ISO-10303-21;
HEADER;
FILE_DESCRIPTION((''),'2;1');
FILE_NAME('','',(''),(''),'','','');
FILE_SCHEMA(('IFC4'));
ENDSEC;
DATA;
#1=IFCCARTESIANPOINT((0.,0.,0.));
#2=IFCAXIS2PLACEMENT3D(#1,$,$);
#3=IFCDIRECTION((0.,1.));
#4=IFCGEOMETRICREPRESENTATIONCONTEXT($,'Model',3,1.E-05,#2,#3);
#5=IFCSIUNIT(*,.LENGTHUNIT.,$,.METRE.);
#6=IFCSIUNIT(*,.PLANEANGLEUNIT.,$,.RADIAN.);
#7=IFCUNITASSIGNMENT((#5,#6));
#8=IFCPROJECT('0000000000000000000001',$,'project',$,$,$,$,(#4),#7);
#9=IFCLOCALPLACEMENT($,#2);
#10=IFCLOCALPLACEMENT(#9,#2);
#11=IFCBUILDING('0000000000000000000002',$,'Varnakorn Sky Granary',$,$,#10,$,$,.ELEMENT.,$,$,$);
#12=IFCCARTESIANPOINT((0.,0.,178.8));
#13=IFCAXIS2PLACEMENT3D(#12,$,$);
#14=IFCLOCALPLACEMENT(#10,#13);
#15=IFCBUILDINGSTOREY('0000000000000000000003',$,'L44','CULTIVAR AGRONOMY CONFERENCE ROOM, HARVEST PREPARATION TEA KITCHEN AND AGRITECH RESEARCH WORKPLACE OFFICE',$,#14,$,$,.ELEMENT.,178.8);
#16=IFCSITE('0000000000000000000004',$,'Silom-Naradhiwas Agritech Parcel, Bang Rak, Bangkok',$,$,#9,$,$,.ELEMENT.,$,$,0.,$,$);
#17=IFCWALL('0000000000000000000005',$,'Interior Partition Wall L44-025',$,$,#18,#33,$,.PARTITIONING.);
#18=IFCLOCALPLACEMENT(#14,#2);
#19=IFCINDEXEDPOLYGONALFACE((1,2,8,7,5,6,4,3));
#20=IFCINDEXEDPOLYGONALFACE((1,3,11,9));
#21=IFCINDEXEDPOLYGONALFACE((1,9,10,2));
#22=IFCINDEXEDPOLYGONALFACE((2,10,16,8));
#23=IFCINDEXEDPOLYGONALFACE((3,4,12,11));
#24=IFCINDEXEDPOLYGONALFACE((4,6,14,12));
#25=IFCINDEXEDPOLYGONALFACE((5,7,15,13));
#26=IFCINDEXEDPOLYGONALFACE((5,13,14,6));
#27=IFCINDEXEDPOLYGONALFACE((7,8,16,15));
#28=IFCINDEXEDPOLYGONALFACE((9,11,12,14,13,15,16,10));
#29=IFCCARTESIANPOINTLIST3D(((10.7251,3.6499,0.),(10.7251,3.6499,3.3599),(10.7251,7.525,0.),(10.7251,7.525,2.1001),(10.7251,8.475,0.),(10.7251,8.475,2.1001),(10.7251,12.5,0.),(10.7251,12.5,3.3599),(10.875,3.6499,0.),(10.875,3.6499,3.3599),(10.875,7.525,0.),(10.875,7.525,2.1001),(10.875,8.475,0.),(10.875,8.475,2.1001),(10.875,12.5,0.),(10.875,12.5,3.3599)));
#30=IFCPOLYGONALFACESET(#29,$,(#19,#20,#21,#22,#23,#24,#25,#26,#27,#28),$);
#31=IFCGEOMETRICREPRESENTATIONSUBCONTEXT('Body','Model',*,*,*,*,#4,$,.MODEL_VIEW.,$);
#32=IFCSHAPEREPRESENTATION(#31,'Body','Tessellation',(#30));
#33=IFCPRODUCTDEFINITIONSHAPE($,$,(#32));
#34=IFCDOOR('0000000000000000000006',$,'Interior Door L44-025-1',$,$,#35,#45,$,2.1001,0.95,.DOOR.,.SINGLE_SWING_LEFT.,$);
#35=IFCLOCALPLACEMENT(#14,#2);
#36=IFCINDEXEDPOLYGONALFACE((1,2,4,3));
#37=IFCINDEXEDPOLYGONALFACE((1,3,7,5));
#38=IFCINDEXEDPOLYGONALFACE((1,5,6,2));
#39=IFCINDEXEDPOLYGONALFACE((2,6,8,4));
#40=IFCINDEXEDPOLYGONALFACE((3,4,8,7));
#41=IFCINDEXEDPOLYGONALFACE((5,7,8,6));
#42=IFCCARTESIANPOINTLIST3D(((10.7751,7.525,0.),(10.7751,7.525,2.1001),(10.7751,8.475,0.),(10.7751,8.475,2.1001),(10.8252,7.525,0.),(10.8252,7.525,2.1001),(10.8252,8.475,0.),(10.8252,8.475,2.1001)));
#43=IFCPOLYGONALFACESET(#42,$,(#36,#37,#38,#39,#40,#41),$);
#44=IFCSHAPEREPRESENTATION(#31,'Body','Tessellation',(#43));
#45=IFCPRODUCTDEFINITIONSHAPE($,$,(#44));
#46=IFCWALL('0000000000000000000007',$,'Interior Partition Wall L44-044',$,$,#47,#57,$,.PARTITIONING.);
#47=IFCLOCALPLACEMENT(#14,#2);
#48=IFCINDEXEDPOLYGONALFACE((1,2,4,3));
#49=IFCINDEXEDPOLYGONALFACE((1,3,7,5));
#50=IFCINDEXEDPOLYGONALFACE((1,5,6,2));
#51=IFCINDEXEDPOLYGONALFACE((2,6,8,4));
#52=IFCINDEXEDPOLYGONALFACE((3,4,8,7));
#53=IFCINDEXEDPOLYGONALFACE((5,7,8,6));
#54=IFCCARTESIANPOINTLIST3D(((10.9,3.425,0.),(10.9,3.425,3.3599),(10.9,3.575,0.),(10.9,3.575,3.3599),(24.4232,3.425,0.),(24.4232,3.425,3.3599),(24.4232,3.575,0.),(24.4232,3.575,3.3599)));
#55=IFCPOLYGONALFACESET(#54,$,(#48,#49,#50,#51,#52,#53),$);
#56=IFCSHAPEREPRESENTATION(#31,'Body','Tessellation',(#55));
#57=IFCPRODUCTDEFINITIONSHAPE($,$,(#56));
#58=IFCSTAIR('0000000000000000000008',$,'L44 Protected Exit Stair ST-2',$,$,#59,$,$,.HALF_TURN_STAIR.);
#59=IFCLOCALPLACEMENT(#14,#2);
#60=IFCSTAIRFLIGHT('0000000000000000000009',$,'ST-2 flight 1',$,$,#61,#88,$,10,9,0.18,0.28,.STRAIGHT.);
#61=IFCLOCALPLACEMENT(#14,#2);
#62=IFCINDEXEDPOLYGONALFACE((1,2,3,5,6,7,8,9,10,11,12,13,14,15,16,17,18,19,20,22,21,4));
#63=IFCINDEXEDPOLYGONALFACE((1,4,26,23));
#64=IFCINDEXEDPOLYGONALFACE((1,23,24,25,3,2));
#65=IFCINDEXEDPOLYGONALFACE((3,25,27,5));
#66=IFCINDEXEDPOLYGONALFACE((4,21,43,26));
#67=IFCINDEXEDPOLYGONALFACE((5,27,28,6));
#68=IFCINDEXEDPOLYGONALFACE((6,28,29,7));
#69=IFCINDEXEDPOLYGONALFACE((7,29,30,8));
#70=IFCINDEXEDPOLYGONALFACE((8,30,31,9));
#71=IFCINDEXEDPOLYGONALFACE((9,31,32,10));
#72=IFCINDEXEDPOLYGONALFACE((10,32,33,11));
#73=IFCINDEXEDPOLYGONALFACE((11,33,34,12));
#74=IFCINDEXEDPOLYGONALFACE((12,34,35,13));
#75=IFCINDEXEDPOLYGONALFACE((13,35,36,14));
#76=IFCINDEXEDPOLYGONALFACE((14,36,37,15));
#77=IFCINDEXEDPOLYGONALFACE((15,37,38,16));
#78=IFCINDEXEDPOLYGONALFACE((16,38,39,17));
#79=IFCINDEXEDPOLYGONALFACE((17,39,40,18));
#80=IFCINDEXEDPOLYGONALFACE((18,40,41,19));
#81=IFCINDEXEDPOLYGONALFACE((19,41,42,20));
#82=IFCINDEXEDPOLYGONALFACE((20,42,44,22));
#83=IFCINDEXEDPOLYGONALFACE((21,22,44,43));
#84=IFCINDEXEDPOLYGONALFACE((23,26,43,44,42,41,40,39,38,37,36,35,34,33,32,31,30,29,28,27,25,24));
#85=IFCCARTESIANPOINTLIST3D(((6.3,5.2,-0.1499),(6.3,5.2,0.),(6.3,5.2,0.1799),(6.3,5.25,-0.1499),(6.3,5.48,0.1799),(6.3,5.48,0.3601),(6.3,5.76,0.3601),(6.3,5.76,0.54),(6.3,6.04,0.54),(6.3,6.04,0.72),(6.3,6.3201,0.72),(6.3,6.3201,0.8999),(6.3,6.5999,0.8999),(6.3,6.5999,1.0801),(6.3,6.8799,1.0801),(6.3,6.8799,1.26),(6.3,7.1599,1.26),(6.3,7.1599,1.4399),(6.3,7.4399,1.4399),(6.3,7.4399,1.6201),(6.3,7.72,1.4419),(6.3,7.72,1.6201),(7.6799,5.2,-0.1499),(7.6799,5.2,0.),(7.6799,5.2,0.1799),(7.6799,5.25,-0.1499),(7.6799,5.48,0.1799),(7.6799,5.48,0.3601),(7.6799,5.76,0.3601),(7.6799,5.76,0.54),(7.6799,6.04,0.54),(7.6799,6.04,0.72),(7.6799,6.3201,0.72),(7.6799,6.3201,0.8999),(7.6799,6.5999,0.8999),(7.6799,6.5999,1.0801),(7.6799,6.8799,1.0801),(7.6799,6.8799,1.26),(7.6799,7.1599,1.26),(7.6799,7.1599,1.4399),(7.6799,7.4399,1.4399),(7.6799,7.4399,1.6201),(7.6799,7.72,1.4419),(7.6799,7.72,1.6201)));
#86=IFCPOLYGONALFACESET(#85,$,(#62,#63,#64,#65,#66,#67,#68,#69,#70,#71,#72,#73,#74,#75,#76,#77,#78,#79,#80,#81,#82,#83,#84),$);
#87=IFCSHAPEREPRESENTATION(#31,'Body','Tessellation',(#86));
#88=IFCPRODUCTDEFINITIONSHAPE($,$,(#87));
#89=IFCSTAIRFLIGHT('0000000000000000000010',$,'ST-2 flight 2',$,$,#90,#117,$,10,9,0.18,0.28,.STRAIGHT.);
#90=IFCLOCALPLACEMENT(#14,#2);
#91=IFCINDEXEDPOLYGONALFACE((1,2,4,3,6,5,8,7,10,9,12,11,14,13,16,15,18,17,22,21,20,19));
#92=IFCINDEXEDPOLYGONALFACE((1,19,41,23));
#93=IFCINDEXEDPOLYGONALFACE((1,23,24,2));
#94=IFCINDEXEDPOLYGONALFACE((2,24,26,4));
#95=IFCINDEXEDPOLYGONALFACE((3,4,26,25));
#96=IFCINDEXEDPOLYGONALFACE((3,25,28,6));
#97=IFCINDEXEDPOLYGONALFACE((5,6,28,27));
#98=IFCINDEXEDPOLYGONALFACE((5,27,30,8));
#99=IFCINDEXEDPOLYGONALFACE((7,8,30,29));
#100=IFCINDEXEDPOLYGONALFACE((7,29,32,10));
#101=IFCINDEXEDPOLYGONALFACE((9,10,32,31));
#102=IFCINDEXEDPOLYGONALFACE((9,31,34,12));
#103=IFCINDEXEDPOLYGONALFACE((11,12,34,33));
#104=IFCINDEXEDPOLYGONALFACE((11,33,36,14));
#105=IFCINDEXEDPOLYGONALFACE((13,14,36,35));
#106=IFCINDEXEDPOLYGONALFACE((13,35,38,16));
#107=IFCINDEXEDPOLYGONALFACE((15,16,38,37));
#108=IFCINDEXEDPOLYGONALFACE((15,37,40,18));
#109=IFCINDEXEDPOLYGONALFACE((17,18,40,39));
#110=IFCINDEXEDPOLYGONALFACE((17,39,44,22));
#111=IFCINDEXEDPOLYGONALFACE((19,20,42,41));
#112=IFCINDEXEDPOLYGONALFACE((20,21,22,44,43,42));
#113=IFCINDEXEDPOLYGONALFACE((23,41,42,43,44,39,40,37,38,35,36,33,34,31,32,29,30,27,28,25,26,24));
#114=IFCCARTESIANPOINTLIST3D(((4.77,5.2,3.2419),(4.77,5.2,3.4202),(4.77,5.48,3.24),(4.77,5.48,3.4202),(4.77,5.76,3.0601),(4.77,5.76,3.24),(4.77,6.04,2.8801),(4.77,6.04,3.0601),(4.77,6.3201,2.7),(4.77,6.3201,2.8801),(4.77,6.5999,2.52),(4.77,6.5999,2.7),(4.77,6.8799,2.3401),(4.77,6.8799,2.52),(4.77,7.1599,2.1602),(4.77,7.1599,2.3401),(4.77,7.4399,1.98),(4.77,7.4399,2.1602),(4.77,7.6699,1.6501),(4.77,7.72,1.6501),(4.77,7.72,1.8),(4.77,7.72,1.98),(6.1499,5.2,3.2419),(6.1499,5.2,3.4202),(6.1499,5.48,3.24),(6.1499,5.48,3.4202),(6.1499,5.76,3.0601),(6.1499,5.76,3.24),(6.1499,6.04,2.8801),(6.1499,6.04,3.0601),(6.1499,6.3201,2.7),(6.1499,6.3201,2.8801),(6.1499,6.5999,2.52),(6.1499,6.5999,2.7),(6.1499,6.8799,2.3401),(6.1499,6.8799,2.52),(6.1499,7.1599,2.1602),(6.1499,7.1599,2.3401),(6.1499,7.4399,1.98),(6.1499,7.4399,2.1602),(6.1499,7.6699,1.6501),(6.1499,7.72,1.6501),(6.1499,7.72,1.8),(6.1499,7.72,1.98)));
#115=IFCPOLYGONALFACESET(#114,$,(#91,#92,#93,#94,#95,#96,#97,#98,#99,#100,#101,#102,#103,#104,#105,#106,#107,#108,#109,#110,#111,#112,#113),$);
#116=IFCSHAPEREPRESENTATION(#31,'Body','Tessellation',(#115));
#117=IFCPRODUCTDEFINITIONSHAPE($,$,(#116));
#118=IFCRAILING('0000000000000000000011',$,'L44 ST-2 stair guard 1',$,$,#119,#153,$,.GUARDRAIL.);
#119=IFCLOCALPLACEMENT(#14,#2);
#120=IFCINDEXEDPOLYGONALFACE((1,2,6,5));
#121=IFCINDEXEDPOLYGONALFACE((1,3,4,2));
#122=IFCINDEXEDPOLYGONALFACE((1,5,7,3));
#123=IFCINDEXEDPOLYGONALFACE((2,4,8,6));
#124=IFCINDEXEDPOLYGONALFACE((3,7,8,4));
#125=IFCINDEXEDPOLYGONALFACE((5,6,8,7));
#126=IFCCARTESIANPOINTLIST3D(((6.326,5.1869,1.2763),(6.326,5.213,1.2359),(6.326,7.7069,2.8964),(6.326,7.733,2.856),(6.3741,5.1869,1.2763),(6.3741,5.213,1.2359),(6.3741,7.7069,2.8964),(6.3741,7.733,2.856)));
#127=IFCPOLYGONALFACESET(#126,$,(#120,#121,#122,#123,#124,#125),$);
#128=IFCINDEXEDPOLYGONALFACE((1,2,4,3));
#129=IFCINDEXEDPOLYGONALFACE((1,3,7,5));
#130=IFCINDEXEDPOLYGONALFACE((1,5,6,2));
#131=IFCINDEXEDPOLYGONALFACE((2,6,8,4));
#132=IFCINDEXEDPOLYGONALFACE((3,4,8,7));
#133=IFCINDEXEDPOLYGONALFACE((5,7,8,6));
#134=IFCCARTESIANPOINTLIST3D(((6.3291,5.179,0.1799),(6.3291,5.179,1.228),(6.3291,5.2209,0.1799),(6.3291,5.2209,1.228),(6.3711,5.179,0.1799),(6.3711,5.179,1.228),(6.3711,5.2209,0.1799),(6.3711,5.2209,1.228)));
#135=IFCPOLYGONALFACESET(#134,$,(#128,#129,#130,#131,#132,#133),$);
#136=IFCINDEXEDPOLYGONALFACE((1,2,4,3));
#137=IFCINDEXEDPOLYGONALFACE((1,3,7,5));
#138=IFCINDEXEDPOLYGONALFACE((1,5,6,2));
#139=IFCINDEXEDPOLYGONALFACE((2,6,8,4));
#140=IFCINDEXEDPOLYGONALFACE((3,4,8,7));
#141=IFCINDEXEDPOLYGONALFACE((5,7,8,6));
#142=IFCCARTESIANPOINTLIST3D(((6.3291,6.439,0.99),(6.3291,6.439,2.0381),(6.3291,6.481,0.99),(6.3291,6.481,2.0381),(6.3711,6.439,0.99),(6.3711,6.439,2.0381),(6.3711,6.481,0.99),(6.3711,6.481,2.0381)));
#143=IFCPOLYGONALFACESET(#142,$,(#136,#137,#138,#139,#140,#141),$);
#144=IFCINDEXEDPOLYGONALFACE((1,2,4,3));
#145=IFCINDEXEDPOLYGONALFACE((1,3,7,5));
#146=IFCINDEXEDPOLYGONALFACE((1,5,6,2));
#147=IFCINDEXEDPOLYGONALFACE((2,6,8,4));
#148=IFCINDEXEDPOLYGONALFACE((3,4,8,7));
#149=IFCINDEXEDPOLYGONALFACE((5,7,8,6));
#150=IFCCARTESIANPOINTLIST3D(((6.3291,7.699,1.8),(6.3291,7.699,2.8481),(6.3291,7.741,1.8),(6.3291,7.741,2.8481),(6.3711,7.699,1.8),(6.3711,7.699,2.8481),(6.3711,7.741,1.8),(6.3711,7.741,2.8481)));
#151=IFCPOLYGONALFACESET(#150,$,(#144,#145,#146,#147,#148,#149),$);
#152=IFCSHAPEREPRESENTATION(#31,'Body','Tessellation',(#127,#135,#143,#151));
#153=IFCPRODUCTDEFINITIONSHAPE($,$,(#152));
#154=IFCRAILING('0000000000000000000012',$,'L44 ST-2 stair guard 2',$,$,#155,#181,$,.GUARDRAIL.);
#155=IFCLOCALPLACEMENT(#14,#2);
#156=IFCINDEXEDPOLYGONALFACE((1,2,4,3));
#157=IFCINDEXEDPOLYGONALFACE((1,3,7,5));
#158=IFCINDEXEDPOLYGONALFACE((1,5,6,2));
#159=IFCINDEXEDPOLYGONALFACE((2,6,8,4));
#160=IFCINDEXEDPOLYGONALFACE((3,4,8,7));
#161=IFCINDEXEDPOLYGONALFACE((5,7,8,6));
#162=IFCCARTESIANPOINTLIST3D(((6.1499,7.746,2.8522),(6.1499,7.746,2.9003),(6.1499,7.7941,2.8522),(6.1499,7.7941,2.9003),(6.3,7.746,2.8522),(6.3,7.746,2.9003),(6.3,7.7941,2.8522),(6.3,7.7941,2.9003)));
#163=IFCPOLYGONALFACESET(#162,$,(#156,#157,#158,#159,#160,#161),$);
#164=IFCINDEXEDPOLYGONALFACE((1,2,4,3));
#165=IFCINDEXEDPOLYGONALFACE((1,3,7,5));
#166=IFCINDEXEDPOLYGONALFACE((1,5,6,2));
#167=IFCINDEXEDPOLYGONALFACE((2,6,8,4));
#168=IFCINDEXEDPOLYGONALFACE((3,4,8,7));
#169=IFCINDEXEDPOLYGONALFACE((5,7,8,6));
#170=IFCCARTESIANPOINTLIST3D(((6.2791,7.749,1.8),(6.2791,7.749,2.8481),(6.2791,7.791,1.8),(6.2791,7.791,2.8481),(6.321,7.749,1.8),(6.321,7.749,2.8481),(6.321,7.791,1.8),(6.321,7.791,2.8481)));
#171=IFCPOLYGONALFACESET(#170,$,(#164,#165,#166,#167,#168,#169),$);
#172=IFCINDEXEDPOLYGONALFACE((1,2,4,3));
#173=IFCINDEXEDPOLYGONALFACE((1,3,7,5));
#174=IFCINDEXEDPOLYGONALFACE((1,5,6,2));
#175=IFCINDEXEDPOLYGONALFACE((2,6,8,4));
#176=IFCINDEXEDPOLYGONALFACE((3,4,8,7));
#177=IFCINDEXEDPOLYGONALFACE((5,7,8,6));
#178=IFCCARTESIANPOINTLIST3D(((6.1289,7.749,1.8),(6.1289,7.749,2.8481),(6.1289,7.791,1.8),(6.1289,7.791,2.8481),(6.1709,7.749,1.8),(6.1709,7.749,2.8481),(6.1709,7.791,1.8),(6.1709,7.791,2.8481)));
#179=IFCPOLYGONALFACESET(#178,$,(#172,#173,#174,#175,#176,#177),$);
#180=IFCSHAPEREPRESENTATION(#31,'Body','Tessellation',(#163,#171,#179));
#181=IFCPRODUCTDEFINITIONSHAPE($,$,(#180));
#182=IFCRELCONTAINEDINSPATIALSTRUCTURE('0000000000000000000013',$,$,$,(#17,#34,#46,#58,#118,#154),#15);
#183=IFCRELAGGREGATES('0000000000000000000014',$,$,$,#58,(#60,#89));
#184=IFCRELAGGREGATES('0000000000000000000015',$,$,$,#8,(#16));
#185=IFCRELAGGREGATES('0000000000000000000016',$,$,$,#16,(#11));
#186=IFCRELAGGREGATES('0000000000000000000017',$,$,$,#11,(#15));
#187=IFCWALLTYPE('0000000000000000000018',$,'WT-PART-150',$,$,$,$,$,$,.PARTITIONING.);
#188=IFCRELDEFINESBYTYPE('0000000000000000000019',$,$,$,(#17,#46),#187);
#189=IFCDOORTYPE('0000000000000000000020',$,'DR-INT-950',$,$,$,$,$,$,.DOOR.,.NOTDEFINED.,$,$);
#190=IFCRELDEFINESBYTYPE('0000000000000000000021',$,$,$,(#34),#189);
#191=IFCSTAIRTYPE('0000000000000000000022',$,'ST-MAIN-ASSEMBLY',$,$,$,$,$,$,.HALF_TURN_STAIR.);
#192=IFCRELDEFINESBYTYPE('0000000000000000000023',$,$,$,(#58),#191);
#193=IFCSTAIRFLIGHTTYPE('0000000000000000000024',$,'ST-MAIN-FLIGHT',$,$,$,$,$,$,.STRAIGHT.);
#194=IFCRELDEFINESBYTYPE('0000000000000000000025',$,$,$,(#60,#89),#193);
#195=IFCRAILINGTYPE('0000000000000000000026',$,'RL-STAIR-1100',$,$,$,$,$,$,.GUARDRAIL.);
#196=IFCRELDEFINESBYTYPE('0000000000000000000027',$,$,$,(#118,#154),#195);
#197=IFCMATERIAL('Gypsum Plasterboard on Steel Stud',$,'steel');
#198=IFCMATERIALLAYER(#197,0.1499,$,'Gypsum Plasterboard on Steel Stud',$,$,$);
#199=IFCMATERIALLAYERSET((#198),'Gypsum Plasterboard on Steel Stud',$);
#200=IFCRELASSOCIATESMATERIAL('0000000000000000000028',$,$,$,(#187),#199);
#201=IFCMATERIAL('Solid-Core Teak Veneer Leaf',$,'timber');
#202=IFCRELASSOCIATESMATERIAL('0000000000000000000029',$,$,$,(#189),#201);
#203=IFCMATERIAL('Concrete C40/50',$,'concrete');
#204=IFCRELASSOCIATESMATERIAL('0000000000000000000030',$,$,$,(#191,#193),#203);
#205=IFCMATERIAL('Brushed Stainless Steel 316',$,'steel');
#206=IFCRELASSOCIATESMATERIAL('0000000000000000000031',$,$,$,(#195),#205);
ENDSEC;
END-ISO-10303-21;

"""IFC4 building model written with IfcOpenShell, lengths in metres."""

from ifc_helpers import new_model, si_unit, direction, frame, frame_2d, origin, origin_2d, place, context, subcontext, project, spatial, polyline, rectangle, outline, extrude, material, layer, layer_set, type_object, element, fill, aggregate, save


model = new_model("IFC4")

# Units and contexts
model_context = context("Model", 3, precision=1e-05, world=origin(), true_north=direction((0.0, 1.0)))
body_context = subcontext(model_context, "Body", "Model", "MODEL_VIEW")
ifc_project = project(units=[si_unit("LENGTHUNIT", "METRE"), si_unit("PLANEANGLEUNIT", "RADIAN")], contexts=[model_context])

# Site, building, storey
site_placement = place(None, origin())
site = spatial("IfcSite", under=ifc_project, at=site_placement, Name="Silom-Naradhiwas Agritech Parcel, Bang Rak, Bangkok", CompositionType="ELEMENT", RefElevation=0.0)
building_placement = place(site_placement, origin())
building = spatial("IfcBuilding", under=site, at=building_placement, Name="Varnakorn Sky Granary", CompositionType="ELEMENT")
storey_placement = place(building_placement, frame((0.0, 0.0, 178.8)))
storey = spatial("IfcBuildingStorey", under=building, at=storey_placement, Name="L44", Description="CULTIVAR AGRONOMY CONFERENCE ROOM, HARVEST PREPARATION TEA KITCHEN AND AGRITECH RESEARCH WORKPLACE OFFICE", CompositionType="ELEMENT", Elevation=178.8)

# Wall, opening, door
ifc_material_1 = material(Name="Gypsum Plasterboard on Steel Stud", Category="steel")
ifc_layer_1 = layer(ifc_material_1, 0.1499, Name="Gypsum Plasterboard on Steel Stud")
ifc_layer_set_1 = layer_set([ifc_layer_1], Name="Gypsum Plasterboard on Steel Stud")
wall_type_1 = type_object("IfcWallType", Name="WT-PART-150", PredefinedType="PARTITIONING", material=ifc_layer_set_1)
wall_1_placement = place(storey_placement, frame((10.8, 3.6499, 0.0), z_axis=(0.0, 0.0, 1.0), x_axis=(0.0, 1.0, 0.0)))
wall_1 = element("IfcWall", 1, at=wall_1_placement, inside=storey, type_object=wall_type_1, Name="Interior Partition Wall L44-025", PredefinedType="PARTITIONING", context=body_context, shape_type="SweptSolid", body=[
    extrude(rectangle(XDim=8.8501, YDim=0.1499, at=frame_2d((4.425, 0.0))), origin(), (0.0, 0.0, 1.0), 3.3599),
])
opening_1_placement = place(wall_1_placement, frame((3.875, 0.0, 0.0)))
opening_1 = element("IfcOpeningElement", 2, at=opening_1_placement, cuts=wall_1, PredefinedType="OPENING", context=body_context, shape_type="SweptSolid", body=[
    extrude(rectangle(XDim=0.95, YDim=2.1001, at=frame_2d((0.4751, 1.05))), frame((0.0, 0.085, 0.0), z_axis=(0.0, -1.0, 0.0), x_axis=(1.0, 0.0, 0.0)), (0.0, 0.0, 1.0), 0.1699),
])
ifc_material_2 = material(Name="Solid-Core Teak Veneer Leaf", Category="timber")
door_type_1 = type_object("IfcDoorType", Name="DR-INT-950", OperationType="NOTDEFINED", PredefinedType="DOOR", material=ifc_material_2)
door_1_placement = place(opening_1_placement, origin())
door_1 = element("IfcDoor", 3, at=door_1_placement, inside=storey, type_object=door_type_1, Name="Interior Door L44-025-1", OperationType="SINGLE_SWING_LEFT", OverallHeight=2.1001, OverallWidth=0.95, PredefinedType="DOOR", context=body_context, shape_type="SweptSolid", body=[
    extrude(rectangle(XDim=0.95, YDim=2.1001, at=frame_2d((0.4751, 1.05))), frame((0.0, 0.0249, 0.0), z_axis=(0.0, -1.0, 0.0), x_axis=(1.0, 0.0, 0.0)), (0.0, 0.0, 1.0), 0.05),
])
fill(opening_1, door_1)

# Wall
wall_2_placement = place(storey_placement, frame((10.8999, 3.5, 0.0), z_axis=(0.0, 0.0, 1.0), x_axis=(1.0, 0.0, 0.0)))
element("IfcWall", 4, at=wall_2_placement, inside=storey, type_object=wall_type_1, Name="Interior Partition Wall L44-044", PredefinedType="PARTITIONING", context=body_context, shape_type="SweptSolid", body=[
    extrude(rectangle(XDim=13.5232, YDim=0.1499, at=frame_2d((6.7617, 0.0))), origin(), (0.0, 0.0, 1.0), 3.3599),
])

# Stair, stair flights
ifc_material_3 = material(Name="Concrete C40/50", Category="concrete")
stair_type = type_object("IfcStairType", Name="ST-MAIN-ASSEMBLY", PredefinedType="HALF_TURN_STAIR", material=ifc_material_3)
stair_placement = place(storey_placement, origin())
stair = element("IfcStair", 5, at=stair_placement, inside=storey, type_object=stair_type, Name="L44 Protected Exit Stair ST-2", PredefinedType="HALF_TURN_STAIR")
stair_flight_type = type_object("IfcStairFlightType", Name="ST-MAIN-FLIGHT", PredefinedType="STRAIGHT", material=ifc_material_3)
stair_flight_1_placement = place(storey_placement, frame((6.99, 5.2, 0.0), z_axis=(0.0, 0.0, 1.0), x_axis=(0.0, 1.0, 0.0)))
stair_flight_1 = element("IfcStairFlight", 6, at=stair_flight_1_placement, type_object=stair_flight_type, Name="ST-2 flight 1", NumberOfRisers=10, NumberOfTreads=9, PredefinedType="STRAIGHT", RiserHeight=0.18, TreadLength=0.28, context=body_context, shape_type="SweptSolid", body=[
    extrude(outline(polyline([(0.0, -0.1499), (0.0, 0.0), (0.0, 0.1799), (0.28, 0.1799), (0.28, 0.3601), (0.5601, 0.3601), (0.5601, 0.54), (0.8401, 0.54), (0.8401, 0.72), (1.1201, 0.72), (1.1201, 0.8999), (1.3999, 0.8999), (1.3999, 1.0801), (1.6799, 1.0801), (1.6799, 1.26), (1.96, 1.26), (1.96, 1.4399), (2.24, 1.4399), (2.24, 1.6201), (2.52, 1.6201), (2.52, 1.8), (2.52, 1.4419), (0.05, -0.1499), (0.0, -0.1499)])), frame((0.0, 0.6899, 0.0), z_axis=(0.0, -1.0, 0.0), x_axis=(1.0, 0.0, 0.0)), (0.0, 0.0, 1.0), 1.3799),
])
stair_flight_2_placement = place(storey_placement, frame((5.46, 7.72, 1.8), z_axis=(0.0, 0.0, 1.0), x_axis=(0.0, -1.0, 0.0)))
stair_flight_2 = element("IfcStairFlight", 7, at=stair_flight_2_placement, type_object=stair_flight_type, Name="ST-2 flight 2", NumberOfRisers=10, NumberOfTreads=9, PredefinedType="STRAIGHT", RiserHeight=0.18, TreadLength=0.28, context=body_context, shape_type="SweptSolid", body=[
    extrude(outline(polyline([(0.0, -0.1499), (0.0, 0.0), (0.0, 0.1799), (0.28, 0.1799), (0.28, 0.3601), (0.5601, 0.3601), (0.5601, 0.54), (0.8401, 0.54), (0.8401, 0.72), (1.1201, 0.72), (1.1201, 0.8999), (1.3999, 0.8999), (1.3999, 1.0801), (1.6799, 1.0801), (1.6799, 1.26), (1.96, 1.26), (1.96, 1.4399), (2.24, 1.4399), (2.24, 1.6201), (2.52, 1.6201), (2.52, 1.8), (2.52, 1.4419), (0.05, -0.1499), (0.0, -0.1499)])), frame((0.0, 0.6899, 0.0), z_axis=(0.0, -1.0, 0.0), x_axis=(1.0, 0.0, 0.0)), (0.0, 0.0, 1.0), 1.3799),
])
aggregate(stair, [stair_flight_1, stair_flight_2])

# Railings
ifc_material_4 = material(Name="Brushed Stainless Steel 316", Category="steel")
railing_type_1 = type_object("IfcRailingType", Name="RL-STAIR-1100", PredefinedType="GUARDRAIL", material=ifc_material_4)
railing_1_placement = place(storey_placement, frame((6.3501, 5.2, 0.1799)))
element("IfcRailing", 8, at=railing_1_placement, inside=storey, type_object=railing_type_1, Name="L44 ST-2 stair guard 1", PredefinedType="GUARDRAIL", context=body_context, shape_type="SweptSolid", body=[
    extrude(rectangle(XDim=0.0481, YDim=0.0481, at=origin_2d()), frame((0.0, 0.0, 1.0762), z_axis=(0.0, 0.841163, 0.540782), x_axis=(-1.0, 0.0, 0.0)), (0.0, 0.0, 1.0), 2.9958),
    extrude(rectangle(XDim=0.042, YDim=0.042, at=origin_2d()), origin(), (0.0, 0.0, 1.0), 1.0481),
    extrude(rectangle(XDim=0.042, YDim=0.042, at=origin_2d()), frame((0.0, 1.26, 0.8101)), (0.0, 0.0, 1.0), 1.0481),
    extrude(rectangle(XDim=0.042, YDim=0.042, at=origin_2d()), frame((0.0, 2.52, 1.6201)), (0.0, 0.0, 1.0), 1.0481),
])
railing_2_placement = place(storey_placement, frame((6.3, 7.77, 1.8)))
element("IfcRailing", 9, at=railing_2_placement, inside=storey, type_object=railing_type_1, Name="L44 ST-2 stair guard 2", PredefinedType="GUARDRAIL", context=body_context, shape_type="SweptSolid", body=[
    extrude(rectangle(XDim=0.0481, YDim=0.0481, at=origin_2d()), frame((0.0, 0.0, 1.0762), z_axis=(-1.0, 0.0, 0.0), x_axis=(0.0, -1.0, 0.0)), (0.0, 0.0, 1.0), 0.1501),
    extrude(rectangle(XDim=0.042, YDim=0.042, at=origin_2d()), origin(), (0.0, 0.0, 1.0), 1.0481),
    extrude(rectangle(XDim=0.042, YDim=0.042, at=origin_2d()), frame((-0.1501, 0.0, 0.0)), (0.0, 0.0, 1.0), 1.0481),
])

save(model, "model.ifc")
